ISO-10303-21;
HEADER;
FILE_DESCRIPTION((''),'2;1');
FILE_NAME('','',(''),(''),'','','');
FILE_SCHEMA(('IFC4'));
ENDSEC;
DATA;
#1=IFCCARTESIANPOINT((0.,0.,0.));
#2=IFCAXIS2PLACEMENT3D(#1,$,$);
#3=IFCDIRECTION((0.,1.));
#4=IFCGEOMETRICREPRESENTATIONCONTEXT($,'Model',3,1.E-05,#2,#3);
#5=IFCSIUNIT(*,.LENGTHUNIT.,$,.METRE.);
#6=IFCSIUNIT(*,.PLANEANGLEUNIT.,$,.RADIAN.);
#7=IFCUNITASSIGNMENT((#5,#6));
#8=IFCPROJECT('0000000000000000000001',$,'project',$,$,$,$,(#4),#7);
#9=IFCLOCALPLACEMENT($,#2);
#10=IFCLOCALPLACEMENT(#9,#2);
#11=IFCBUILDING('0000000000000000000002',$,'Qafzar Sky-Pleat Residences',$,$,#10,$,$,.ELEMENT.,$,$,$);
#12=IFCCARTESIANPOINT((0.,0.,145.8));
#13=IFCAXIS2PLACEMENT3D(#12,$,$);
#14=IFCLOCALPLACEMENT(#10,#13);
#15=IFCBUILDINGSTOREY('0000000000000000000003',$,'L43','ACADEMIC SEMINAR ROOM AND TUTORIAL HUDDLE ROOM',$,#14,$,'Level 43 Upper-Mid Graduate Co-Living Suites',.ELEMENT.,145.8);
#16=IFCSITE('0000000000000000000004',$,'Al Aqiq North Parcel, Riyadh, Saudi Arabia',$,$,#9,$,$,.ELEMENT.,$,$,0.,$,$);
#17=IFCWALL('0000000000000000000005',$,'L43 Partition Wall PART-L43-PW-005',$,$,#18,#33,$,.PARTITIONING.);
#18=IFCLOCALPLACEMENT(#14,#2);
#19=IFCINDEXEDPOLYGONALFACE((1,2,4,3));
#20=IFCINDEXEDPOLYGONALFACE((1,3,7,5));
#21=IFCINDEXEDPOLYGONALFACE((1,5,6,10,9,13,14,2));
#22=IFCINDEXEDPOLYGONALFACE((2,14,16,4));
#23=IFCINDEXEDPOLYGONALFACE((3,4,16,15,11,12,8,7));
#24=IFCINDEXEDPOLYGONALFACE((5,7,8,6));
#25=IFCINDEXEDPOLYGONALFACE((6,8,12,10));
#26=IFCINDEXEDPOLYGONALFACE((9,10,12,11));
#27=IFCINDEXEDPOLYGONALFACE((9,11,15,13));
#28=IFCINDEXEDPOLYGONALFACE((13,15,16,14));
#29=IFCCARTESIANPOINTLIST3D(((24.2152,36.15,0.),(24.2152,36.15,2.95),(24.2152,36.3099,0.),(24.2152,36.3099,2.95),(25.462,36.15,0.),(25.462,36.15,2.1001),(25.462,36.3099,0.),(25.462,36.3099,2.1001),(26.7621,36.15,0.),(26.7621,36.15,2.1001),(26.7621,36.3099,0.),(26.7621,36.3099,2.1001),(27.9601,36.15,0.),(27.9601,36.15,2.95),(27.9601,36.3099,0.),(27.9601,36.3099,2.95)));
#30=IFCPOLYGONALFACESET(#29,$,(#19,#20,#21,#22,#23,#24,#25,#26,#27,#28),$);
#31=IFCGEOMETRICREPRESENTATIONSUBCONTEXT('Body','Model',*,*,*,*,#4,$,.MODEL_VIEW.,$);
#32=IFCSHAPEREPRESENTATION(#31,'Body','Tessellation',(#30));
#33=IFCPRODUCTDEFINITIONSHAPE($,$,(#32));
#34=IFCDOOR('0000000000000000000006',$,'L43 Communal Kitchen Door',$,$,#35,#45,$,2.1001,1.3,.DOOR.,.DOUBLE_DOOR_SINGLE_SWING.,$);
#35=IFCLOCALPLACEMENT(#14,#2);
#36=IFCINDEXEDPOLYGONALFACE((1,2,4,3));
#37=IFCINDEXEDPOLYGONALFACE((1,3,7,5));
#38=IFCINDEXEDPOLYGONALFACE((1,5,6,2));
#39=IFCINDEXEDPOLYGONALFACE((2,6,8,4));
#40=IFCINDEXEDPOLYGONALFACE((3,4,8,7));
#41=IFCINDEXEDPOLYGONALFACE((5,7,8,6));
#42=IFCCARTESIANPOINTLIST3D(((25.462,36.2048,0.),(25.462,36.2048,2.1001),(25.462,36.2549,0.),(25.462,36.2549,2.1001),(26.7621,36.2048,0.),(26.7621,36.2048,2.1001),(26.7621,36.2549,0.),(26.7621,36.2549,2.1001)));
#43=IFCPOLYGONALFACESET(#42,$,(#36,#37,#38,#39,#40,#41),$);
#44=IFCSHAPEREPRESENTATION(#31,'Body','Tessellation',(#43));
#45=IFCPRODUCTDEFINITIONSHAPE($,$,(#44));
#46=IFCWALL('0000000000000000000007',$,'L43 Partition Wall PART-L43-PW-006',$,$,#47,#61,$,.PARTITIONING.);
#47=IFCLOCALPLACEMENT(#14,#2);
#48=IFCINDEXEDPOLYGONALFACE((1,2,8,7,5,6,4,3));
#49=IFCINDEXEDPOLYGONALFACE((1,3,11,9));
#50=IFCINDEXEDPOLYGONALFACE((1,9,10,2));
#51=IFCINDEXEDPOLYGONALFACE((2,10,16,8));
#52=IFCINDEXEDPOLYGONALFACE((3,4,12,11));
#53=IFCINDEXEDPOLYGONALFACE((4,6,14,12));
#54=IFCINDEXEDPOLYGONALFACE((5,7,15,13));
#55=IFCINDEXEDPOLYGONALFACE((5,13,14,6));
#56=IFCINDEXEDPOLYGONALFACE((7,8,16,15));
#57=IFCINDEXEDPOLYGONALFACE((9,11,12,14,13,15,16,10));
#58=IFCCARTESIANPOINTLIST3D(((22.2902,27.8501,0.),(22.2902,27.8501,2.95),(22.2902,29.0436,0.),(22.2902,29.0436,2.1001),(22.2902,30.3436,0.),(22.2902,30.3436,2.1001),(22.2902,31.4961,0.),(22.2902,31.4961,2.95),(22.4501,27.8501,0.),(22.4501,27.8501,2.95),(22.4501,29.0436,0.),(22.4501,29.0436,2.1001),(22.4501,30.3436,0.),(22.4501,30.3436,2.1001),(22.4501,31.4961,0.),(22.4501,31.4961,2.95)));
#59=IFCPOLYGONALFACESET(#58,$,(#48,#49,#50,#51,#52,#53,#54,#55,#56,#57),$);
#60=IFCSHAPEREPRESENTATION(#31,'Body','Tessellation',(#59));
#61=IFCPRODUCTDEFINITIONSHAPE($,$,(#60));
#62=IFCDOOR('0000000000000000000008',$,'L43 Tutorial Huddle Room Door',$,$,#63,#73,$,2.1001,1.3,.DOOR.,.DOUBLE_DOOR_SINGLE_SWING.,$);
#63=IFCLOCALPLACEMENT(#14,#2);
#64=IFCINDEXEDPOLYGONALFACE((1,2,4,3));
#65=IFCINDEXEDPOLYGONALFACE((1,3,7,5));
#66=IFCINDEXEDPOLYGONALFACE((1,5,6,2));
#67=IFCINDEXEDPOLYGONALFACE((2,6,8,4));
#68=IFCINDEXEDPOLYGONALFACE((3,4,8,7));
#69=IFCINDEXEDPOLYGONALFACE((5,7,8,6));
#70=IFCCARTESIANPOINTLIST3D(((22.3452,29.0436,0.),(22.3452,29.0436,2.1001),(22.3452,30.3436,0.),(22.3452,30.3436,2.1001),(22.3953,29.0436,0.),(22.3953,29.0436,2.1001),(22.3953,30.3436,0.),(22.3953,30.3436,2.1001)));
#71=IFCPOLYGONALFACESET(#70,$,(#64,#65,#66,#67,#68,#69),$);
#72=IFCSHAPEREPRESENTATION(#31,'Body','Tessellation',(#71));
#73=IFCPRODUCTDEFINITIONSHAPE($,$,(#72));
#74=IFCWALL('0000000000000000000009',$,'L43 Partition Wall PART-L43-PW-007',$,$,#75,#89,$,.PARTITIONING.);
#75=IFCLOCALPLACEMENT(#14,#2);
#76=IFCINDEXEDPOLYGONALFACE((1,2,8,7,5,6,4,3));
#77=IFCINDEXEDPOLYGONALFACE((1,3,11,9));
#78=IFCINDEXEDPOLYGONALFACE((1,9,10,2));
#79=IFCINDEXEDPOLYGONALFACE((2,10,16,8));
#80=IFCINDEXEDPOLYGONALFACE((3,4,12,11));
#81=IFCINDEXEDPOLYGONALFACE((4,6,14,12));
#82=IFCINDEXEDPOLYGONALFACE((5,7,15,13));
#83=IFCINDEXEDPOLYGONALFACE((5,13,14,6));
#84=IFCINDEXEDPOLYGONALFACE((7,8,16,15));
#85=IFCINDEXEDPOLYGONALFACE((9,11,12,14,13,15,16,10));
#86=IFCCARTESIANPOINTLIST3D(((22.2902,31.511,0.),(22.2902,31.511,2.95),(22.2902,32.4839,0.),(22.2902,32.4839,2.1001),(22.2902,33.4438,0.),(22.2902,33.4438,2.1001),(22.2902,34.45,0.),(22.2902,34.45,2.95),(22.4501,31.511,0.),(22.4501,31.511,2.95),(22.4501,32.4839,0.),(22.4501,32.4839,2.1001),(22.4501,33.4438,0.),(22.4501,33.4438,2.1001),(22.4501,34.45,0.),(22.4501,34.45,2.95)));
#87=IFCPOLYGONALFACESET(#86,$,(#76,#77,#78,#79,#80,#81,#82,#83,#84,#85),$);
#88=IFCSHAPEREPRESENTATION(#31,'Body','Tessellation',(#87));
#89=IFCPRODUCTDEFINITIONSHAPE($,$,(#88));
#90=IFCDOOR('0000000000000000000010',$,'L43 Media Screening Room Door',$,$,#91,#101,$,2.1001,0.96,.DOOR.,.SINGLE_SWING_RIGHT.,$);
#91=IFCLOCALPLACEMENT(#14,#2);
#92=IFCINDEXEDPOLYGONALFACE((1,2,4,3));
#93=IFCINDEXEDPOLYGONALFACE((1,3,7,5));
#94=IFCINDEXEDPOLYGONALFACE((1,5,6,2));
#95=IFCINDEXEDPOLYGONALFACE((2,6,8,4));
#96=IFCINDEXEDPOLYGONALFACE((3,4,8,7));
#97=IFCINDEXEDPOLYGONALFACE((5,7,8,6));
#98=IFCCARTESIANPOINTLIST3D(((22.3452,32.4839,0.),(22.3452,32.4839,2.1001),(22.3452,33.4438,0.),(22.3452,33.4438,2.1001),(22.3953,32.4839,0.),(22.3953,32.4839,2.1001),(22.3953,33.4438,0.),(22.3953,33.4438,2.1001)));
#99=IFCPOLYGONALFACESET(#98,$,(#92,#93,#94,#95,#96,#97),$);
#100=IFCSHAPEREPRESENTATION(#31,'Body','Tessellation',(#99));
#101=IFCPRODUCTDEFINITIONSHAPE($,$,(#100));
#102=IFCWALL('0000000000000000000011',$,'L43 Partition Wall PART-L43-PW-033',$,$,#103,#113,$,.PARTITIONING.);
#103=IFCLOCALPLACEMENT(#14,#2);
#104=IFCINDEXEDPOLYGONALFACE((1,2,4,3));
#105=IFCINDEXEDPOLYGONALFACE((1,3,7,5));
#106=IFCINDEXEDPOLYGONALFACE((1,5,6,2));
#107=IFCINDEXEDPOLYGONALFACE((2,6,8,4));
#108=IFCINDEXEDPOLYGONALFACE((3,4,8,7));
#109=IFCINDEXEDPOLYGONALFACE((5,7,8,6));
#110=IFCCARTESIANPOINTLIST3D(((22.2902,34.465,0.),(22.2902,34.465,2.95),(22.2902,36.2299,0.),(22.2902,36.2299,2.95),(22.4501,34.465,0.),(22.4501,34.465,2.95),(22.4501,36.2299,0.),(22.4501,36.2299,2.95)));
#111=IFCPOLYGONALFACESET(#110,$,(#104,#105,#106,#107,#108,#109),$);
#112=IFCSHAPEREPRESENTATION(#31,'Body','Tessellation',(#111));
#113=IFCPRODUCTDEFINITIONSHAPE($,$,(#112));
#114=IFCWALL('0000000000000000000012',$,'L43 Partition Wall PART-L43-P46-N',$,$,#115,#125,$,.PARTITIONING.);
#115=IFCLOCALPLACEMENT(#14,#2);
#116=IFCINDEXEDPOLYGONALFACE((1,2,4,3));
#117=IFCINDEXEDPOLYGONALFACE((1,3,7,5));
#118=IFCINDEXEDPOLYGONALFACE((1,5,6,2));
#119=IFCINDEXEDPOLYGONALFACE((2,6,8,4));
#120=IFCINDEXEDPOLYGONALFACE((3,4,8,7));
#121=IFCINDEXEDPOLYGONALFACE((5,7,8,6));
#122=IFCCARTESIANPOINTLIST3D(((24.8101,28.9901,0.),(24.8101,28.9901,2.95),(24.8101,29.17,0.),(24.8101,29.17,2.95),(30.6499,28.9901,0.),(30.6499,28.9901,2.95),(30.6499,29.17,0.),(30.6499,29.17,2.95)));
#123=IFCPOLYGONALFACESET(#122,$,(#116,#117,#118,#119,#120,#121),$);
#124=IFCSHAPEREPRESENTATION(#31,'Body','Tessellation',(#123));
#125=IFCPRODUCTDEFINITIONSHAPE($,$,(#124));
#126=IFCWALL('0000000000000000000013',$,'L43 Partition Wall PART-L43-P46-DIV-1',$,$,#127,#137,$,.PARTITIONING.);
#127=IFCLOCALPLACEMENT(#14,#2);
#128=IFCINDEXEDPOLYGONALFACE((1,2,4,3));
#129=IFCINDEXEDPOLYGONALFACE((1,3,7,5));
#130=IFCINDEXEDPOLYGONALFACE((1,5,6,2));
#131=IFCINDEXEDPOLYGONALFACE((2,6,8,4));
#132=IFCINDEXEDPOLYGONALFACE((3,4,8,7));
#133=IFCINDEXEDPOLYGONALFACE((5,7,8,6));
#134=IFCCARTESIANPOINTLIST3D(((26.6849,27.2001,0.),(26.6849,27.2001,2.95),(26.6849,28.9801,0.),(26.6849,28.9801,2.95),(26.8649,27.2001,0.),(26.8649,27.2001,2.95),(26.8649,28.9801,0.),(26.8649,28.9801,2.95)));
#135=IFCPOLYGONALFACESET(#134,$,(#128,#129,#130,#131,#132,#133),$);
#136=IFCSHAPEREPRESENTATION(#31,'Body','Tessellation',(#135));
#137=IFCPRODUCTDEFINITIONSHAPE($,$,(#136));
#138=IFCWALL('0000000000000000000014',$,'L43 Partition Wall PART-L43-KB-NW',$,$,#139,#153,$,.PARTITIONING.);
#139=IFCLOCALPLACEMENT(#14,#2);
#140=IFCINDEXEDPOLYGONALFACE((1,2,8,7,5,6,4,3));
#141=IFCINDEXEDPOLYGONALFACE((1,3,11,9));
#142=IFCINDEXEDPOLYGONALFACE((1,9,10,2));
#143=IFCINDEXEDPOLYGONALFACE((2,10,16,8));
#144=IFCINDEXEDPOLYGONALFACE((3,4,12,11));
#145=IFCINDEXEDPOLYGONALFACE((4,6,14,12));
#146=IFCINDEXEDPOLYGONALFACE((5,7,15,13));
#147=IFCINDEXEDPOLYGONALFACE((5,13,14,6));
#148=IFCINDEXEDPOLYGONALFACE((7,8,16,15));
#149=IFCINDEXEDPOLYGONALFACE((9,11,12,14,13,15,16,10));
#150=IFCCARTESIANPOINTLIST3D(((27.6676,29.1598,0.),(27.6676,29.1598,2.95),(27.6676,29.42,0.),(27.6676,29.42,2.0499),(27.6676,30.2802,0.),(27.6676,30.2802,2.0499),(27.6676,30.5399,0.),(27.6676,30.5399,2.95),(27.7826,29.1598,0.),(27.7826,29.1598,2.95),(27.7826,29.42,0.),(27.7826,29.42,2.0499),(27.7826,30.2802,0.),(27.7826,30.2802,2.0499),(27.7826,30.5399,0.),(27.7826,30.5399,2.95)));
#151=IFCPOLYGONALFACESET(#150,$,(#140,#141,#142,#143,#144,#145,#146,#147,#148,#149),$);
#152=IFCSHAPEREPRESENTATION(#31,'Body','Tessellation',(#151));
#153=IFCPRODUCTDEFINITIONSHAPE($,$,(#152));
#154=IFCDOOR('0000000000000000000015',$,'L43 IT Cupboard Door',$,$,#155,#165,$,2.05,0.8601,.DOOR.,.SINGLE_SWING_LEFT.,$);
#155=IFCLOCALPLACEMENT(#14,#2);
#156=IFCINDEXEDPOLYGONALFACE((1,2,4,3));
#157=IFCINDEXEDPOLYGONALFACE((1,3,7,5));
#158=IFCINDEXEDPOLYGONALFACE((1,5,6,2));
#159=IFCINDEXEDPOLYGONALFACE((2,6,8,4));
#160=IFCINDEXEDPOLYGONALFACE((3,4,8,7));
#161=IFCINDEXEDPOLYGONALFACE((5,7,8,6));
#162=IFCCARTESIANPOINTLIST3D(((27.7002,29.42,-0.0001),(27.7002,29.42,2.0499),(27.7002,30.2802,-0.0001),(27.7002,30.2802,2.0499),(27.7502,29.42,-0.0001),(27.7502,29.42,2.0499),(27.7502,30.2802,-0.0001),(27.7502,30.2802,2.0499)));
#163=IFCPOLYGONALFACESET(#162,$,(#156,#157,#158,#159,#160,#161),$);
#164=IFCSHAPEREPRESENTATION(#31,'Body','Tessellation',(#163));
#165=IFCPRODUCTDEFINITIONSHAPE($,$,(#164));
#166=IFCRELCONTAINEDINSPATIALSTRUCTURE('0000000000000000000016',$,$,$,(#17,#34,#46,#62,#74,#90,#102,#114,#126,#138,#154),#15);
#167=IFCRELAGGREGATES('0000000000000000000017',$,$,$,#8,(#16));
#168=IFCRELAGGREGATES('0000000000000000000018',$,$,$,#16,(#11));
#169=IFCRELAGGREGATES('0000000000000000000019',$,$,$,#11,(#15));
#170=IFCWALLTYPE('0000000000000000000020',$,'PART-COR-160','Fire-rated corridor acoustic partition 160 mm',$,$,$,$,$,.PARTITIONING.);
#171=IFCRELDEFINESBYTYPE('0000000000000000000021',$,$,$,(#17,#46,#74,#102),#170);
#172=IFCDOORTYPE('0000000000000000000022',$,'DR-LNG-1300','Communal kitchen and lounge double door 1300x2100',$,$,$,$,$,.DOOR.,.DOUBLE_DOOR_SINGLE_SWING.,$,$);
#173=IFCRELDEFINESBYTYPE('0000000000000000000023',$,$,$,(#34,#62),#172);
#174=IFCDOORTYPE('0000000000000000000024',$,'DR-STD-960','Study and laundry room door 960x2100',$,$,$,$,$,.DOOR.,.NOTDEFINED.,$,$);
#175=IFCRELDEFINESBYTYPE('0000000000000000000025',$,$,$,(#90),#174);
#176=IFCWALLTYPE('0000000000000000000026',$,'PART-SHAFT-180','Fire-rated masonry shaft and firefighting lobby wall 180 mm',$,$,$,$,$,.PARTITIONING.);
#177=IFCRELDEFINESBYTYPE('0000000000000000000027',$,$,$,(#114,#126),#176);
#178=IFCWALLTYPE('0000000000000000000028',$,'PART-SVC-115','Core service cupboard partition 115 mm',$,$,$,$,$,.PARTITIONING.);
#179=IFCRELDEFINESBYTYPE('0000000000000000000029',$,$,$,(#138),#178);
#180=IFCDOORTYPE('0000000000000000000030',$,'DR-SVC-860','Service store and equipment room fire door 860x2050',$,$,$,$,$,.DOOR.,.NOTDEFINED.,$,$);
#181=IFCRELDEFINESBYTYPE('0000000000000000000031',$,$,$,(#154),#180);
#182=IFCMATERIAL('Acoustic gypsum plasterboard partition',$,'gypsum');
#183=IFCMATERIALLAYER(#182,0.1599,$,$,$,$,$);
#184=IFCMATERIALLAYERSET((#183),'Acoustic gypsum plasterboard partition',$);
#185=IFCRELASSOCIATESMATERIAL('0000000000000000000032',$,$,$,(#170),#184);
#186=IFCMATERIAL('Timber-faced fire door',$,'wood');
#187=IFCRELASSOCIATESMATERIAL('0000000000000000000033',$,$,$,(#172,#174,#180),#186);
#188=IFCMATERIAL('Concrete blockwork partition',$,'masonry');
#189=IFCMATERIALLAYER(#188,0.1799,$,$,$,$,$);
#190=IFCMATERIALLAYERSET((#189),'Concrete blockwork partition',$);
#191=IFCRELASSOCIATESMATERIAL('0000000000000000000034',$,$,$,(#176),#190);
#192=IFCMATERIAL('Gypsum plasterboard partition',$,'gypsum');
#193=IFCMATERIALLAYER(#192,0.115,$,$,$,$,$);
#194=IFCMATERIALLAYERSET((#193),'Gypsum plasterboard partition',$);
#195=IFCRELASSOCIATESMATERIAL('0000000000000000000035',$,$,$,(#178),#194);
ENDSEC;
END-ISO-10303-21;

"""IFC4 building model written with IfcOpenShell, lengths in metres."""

from ifc_helpers import new_model, si_unit, direction, frame, frame_2d, origin, place, context, subcontext, project, spatial, rectangle, extrude, source, transform, mapped, material, layer, layer_set, type_object, element, fill, save


model = new_model("IFC4")

# Units and contexts
model_context = context("Model", 3, precision=1e-05, world=origin(), true_north=direction((0.0, 1.0)))
body_context = subcontext(model_context, "Body", "Model", "MODEL_VIEW")
ifc_project = project(units=[si_unit("LENGTHUNIT", "METRE"), si_unit("PLANEANGLEUNIT", "RADIAN")], contexts=[model_context])

# Site, building, storey
site_placement = place(None, origin())
site = spatial("IfcSite", under=ifc_project, at=site_placement, Name="Al Aqiq North Parcel, Riyadh, Saudi Arabia", CompositionType="ELEMENT", RefElevation=0.0)
building_placement = place(site_placement, origin())
building = spatial("IfcBuilding", under=site, at=building_placement, Name="Qafzar Sky-Pleat Residences", CompositionType="ELEMENT")
storey_placement = place(building_placement, frame((0.0, 0.0, 145.8)))
storey = spatial("IfcBuildingStorey", under=building, at=storey_placement, Name="L43", Description="ACADEMIC SEMINAR ROOM AND TUTORIAL HUDDLE ROOM", LongName="Level 43 Upper-Mid Graduate Co-Living Suites", CompositionType="ELEMENT", Elevation=145.8)

# Walls, openings, doors
ifc_material_1 = material(Name="Acoustic gypsum plasterboard partition", Category="gypsum")
ifc_layer_1 = layer(ifc_material_1, 0.1599)
ifc_layer_set_1 = layer_set([ifc_layer_1], Name="Acoustic gypsum plasterboard partition")
wall_type_1 = type_object("IfcWallType", Name="PART-COR-160", Description="Fire-rated corridor acoustic partition 160 mm", PredefinedType="PARTITIONING", material=ifc_layer_set_1)
wall_1_placement = place(storey_placement, frame((24.2151, 36.23, 0.0), z_axis=(0.0, 0.0, 1.0), x_axis=(1.0, 0.0, 0.0)))
wall_1 = element("IfcWall", 1, at=wall_1_placement, inside=storey, type_object=wall_type_1, Name="L43 Partition Wall PART-L43-PW-005", PredefinedType="PARTITIONING", context=body_context, shape_type="SweptSolid", body=[
    extrude(rectangle(XDim=3.7449, YDim=0.1599, at=frame_2d((1.8726, 0.0))), origin(), (0.0, 0.0, 1.0), 2.95),
])
opening_1_placement = place(wall_1_placement, frame((1.2471, 0.0, 0.0)))
opening_1 = element("IfcOpeningElement", 2, at=opening_1_placement, cuts=wall_1, PredefinedType="OPENING", context=body_context, shape_type="SweptSolid", body=[
    extrude(rectangle(XDim=1.3, YDim=2.1001, at=frame_2d((0.6499, 1.05))), frame((0.0, 0.0898, 0.0), z_axis=(0.0, -1.0, 0.0), x_axis=(1.0, 0.0, 0.0)), (0.0, 0.0, 1.0), 0.1799),
])
ifc_material_2 = material(Name="Timber-faced fire door", Category="wood")
door_type_1 = type_object("IfcDoorType", Name="DR-LNG-1300", Description="Communal kitchen and lounge double door 1300x2100", OperationType="DOUBLE_DOOR_SINGLE_SWING", PredefinedType="DOOR", material=ifc_material_2)
shared_shape_1 = source(origin(), body_context, "Body", "SweptSolid", [
    extrude(rectangle(XDim=1.3, YDim=2.1001, at=frame_2d((0.6499, 1.05))), frame((0.0, 0.0249, 0.0), z_axis=(0.0, -1.0, 0.0), x_axis=(1.0, 0.0, 0.0)), (0.0, 0.0, 1.0), 0.05),
])
door_1_placement = place(opening_1_placement, origin())
door_1 = element("IfcDoor", 3, at=door_1_placement, inside=storey, type_object=door_type_1, Name="L43 Communal Kitchen Door", OperationType="DOUBLE_DOOR_SINGLE_SWING", OverallHeight=2.1001, OverallWidth=1.3, PredefinedType="DOOR", context=body_context, shape_type="MappedRepresentation", body=[
    mapped(shared_shape_1, transform((0.0, 0.0, 0.0), x_axis=(1.0, 0.0, 0.0), y_axis=(0.0, 1.0, 0.0), z_axis=(0.0, 0.0, 1.0), scale=1.0)),
])
fill(opening_1, door_1)
wall_2_placement = place(storey_placement, frame((22.3701, 27.8501, 0.0), z_axis=(0.0, 0.0, 1.0), x_axis=(0.0, 1.0, 0.0)))
wall_2 = element("IfcWall", 4, at=wall_2_placement, inside=storey, type_object=wall_type_1, Name="L43 Partition Wall PART-L43-PW-006", PredefinedType="PARTITIONING", context=body_context, shape_type="SweptSolid", body=[
    extrude(rectangle(XDim=3.646, YDim=0.1599, at=frame_2d((1.823, 0.0))), origin(), (0.0, 0.0, 1.0), 2.95),
])
opening_2_placement = place(wall_2_placement, frame((1.1936, 0.0, 0.0)))
opening_2 = element("IfcOpeningElement", 5, at=opening_2_placement, cuts=wall_2, PredefinedType="OPENING", context=body_context, shape_type="SweptSolid", body=[
    extrude(rectangle(XDim=1.3, YDim=2.1001, at=frame_2d((0.6499, 1.05))), frame((0.0, 0.0898, 0.0), z_axis=(0.0, -1.0, 0.0), x_axis=(1.0, 0.0, 0.0)), (0.0, 0.0, 1.0), 0.1799),
])
door_2_placement = place(opening_2_placement, origin())
door_2 = element("IfcDoor", 6, at=door_2_placement, inside=storey, type_object=door_type_1, Name="L43 Tutorial Huddle Room Door", OperationType="DOUBLE_DOOR_SINGLE_SWING", OverallHeight=2.1001, OverallWidth=1.3, PredefinedType="DOOR", context=body_context, shape_type="MappedRepresentation", body=[
    mapped(shared_shape_1, transform((0.0, 0.0, 0.0), x_axis=(1.0, 0.0, 0.0), y_axis=(0.0, 1.0, 0.0), z_axis=(0.0, 0.0, 1.0), scale=1.0)),
])
fill(opening_2, door_2)
wall_3_placement = place(storey_placement, frame((22.3701, 31.511, 0.0), z_axis=(0.0, 0.0, 1.0), x_axis=(0.0, 1.0, 0.0)))
wall_3 = element("IfcWall", 7, at=wall_3_placement, inside=storey, type_object=wall_type_1, Name="L43 Partition Wall PART-L43-PW-007", PredefinedType="PARTITIONING", context=body_context, shape_type="SweptSolid", body=[
    extrude(rectangle(XDim=2.939, YDim=0.1599, at=frame_2d((1.4695, 0.0))), origin(), (0.0, 0.0, 1.0), 2.95),
])
opening_3_placement = place(wall_3_placement, frame((0.9729, 0.0, 0.0)))
opening_3 = element("IfcOpeningElement", 8, at=opening_3_placement, cuts=wall_3, PredefinedType="OPENING", context=body_context, shape_type="SweptSolid", body=[
    extrude(rectangle(XDim=0.96, YDim=2.1001, at=frame_2d((0.48, 1.05))), frame((0.0, 0.0898, 0.0), z_axis=(0.0, -1.0, 0.0), x_axis=(1.0, 0.0, 0.0)), (0.0, 0.0, 1.0), 0.1799),
])
door_type_2 = type_object("IfcDoorType", Name="DR-STD-960", Description="Study and laundry room door 960x2100", OperationType="NOTDEFINED", PredefinedType="DOOR", material=ifc_material_2)
shared_shape_2 = source(origin(), body_context, "Body", "SweptSolid", [
    extrude(rectangle(XDim=0.96, YDim=2.1001, at=frame_2d((0.48, 1.05))), frame((0.0, 0.0249, 0.0), z_axis=(0.0, -1.0, 0.0), x_axis=(1.0, 0.0, 0.0)), (0.0, 0.0, 1.0), 0.05),
])
door_3_placement = place(opening_3_placement, origin())
door_3 = element("IfcDoor", 9, at=door_3_placement, inside=storey, type_object=door_type_2, Name="L43 Media Screening Room Door", OperationType="SINGLE_SWING_RIGHT", OverallHeight=2.1001, OverallWidth=0.96, PredefinedType="DOOR", context=body_context, shape_type="MappedRepresentation", body=[
    mapped(shared_shape_2, transform((0.0, 0.0, 0.0), x_axis=(1.0, 0.0, 0.0), y_axis=(0.0, 1.0, 0.0), z_axis=(0.0, 0.0, 1.0), scale=1.0)),
])
fill(opening_3, door_3)

# Walls
wall_4_placement = place(storey_placement, frame((22.3701, 34.4651, 0.0), z_axis=(0.0, 0.0, 1.0), x_axis=(0.0, 1.0, 0.0)))
element("IfcWall", 10, at=wall_4_placement, inside=storey, type_object=wall_type_1, Name="L43 Partition Wall PART-L43-PW-033", PredefinedType="PARTITIONING", context=body_context, shape_type="SweptSolid", body=[
    extrude(rectangle(XDim=1.7649, YDim=0.1599, at=frame_2d((0.8823, 0.0))), origin(), (0.0, 0.0, 1.0), 2.95),
])
ifc_material_3 = material(Name="Concrete blockwork partition", Category="masonry")
ifc_layer_2 = layer(ifc_material_3, 0.1799)
ifc_layer_set_2 = layer_set([ifc_layer_2], Name="Concrete blockwork partition")
wall_type_2 = type_object("IfcWallType", Name="PART-SHAFT-180", Description="Fire-rated masonry shaft and firefighting lobby wall 180 mm", PredefinedType="PARTITIONING", material=ifc_layer_set_2)
wall_5_placement = place(storey_placement, frame((24.8101, 29.0801, 0.0), z_axis=(0.0, 0.0, 1.0), x_axis=(1.0, 0.0, 0.0)))
element("IfcWall", 11, at=wall_5_placement, inside=storey, type_object=wall_type_2, Name="L43 Partition Wall PART-L43-P46-N", PredefinedType="PARTITIONING", context=body_context, shape_type="SweptSolid", body=[
    extrude(rectangle(XDim=5.8398, YDim=0.1799, at=frame_2d((2.9199, 0.0))), origin(), (0.0, 0.0, 1.0), 2.95),
])

# Wall
wall_6_placement = place(storey_placement, frame((26.7749, 27.2, 0.0), z_axis=(0.0, 0.0, 1.0), x_axis=(0.0, 1.0, 0.0)))
element("IfcWall", 12, at=wall_6_placement, inside=storey, type_object=wall_type_2, Name="L43 Partition Wall PART-L43-P46-DIV-1", PredefinedType="PARTITIONING", context=body_context, shape_type="SweptSolid", body=[
    extrude(rectangle(XDim=1.78, YDim=0.1799, at=frame_2d((0.8901, 0.0))), origin(), (0.0, 0.0, 1.0), 2.95),
])

# Wall, opening, door
ifc_material_4 = material(Name="Gypsum plasterboard partition", Category="gypsum")
ifc_layer_3 = layer(ifc_material_4, 0.115)
ifc_layer_set_3 = layer_set([ifc_layer_3], Name="Gypsum plasterboard partition")
wall_type_3 = type_object("IfcWallType", Name="PART-SVC-115", Description="Core service cupboard partition 115 mm", PredefinedType="PARTITIONING", material=ifc_layer_set_3)
wall_7_placement = place(storey_placement, frame((27.7251, 29.1599, 0.0), z_axis=(0.0, 0.0, 1.0), x_axis=(0.0, 1.0, 0.0)))
wall_7 = element("IfcWall", 13, at=wall_7_placement, inside=storey, type_object=wall_type_3, Name="L43 Partition Wall PART-L43-KB-NW", PredefinedType="PARTITIONING", context=body_context, shape_type="SweptSolid", body=[
    extrude(rectangle(XDim=1.3801, YDim=0.115, at=frame_2d((0.6899, 0.0))), origin(), (0.0, 0.0, 1.0), 2.95),
])
opening_4_placement = place(wall_7_placement, frame((0.26, 0.0, 0.0)))
opening_4 = element("IfcOpeningElement", 14, at=opening_4_placement, cuts=wall_7, PredefinedType="OPENING", context=body_context, shape_type="SweptSolid", body=[
    extrude(rectangle(XDim=0.8601, YDim=2.05, at=frame_2d((0.4302, 1.0249))), frame((0.0, 0.0674, 0.0), z_axis=(0.0, -1.0, 0.0), x_axis=(1.0, 0.0, 0.0)), (0.0, 0.0, 1.0), 0.135),
])
door_type_3 = type_object("IfcDoorType", Name="DR-SVC-860", Description="Service store and equipment room fire door 860x2050", OperationType="NOTDEFINED", PredefinedType="DOOR", material=ifc_material_2)
shared_shape_3 = source(origin(), body_context, "Body", "SweptSolid", [
    extrude(rectangle(XDim=0.8601, YDim=2.05, at=frame_2d((0.4302, 1.0249))), frame((0.0, 0.0249, 0.0), z_axis=(0.0, -1.0, 0.0), x_axis=(1.0, 0.0, 0.0)), (0.0, 0.0, 1.0), 0.05),
])
door_4_placement = place(opening_4_placement, origin())
door_4 = element("IfcDoor", 15, at=door_4_placement, inside=storey, type_object=door_type_3, Name="L43 IT Cupboard Door", OperationType="SINGLE_SWING_LEFT", OverallHeight=2.05, OverallWidth=0.8601, PredefinedType="DOOR", context=body_context, shape_type="MappedRepresentation", body=[
    mapped(shared_shape_3, transform((0.0, 0.0, 0.0), x_axis=(1.0, 0.0, 0.0), y_axis=(0.0, 1.0, 0.0), z_axis=(0.0, 0.0, 1.0), scale=1.0)),
])
fill(opening_4, door_4)

save(model, "model.ifc")
